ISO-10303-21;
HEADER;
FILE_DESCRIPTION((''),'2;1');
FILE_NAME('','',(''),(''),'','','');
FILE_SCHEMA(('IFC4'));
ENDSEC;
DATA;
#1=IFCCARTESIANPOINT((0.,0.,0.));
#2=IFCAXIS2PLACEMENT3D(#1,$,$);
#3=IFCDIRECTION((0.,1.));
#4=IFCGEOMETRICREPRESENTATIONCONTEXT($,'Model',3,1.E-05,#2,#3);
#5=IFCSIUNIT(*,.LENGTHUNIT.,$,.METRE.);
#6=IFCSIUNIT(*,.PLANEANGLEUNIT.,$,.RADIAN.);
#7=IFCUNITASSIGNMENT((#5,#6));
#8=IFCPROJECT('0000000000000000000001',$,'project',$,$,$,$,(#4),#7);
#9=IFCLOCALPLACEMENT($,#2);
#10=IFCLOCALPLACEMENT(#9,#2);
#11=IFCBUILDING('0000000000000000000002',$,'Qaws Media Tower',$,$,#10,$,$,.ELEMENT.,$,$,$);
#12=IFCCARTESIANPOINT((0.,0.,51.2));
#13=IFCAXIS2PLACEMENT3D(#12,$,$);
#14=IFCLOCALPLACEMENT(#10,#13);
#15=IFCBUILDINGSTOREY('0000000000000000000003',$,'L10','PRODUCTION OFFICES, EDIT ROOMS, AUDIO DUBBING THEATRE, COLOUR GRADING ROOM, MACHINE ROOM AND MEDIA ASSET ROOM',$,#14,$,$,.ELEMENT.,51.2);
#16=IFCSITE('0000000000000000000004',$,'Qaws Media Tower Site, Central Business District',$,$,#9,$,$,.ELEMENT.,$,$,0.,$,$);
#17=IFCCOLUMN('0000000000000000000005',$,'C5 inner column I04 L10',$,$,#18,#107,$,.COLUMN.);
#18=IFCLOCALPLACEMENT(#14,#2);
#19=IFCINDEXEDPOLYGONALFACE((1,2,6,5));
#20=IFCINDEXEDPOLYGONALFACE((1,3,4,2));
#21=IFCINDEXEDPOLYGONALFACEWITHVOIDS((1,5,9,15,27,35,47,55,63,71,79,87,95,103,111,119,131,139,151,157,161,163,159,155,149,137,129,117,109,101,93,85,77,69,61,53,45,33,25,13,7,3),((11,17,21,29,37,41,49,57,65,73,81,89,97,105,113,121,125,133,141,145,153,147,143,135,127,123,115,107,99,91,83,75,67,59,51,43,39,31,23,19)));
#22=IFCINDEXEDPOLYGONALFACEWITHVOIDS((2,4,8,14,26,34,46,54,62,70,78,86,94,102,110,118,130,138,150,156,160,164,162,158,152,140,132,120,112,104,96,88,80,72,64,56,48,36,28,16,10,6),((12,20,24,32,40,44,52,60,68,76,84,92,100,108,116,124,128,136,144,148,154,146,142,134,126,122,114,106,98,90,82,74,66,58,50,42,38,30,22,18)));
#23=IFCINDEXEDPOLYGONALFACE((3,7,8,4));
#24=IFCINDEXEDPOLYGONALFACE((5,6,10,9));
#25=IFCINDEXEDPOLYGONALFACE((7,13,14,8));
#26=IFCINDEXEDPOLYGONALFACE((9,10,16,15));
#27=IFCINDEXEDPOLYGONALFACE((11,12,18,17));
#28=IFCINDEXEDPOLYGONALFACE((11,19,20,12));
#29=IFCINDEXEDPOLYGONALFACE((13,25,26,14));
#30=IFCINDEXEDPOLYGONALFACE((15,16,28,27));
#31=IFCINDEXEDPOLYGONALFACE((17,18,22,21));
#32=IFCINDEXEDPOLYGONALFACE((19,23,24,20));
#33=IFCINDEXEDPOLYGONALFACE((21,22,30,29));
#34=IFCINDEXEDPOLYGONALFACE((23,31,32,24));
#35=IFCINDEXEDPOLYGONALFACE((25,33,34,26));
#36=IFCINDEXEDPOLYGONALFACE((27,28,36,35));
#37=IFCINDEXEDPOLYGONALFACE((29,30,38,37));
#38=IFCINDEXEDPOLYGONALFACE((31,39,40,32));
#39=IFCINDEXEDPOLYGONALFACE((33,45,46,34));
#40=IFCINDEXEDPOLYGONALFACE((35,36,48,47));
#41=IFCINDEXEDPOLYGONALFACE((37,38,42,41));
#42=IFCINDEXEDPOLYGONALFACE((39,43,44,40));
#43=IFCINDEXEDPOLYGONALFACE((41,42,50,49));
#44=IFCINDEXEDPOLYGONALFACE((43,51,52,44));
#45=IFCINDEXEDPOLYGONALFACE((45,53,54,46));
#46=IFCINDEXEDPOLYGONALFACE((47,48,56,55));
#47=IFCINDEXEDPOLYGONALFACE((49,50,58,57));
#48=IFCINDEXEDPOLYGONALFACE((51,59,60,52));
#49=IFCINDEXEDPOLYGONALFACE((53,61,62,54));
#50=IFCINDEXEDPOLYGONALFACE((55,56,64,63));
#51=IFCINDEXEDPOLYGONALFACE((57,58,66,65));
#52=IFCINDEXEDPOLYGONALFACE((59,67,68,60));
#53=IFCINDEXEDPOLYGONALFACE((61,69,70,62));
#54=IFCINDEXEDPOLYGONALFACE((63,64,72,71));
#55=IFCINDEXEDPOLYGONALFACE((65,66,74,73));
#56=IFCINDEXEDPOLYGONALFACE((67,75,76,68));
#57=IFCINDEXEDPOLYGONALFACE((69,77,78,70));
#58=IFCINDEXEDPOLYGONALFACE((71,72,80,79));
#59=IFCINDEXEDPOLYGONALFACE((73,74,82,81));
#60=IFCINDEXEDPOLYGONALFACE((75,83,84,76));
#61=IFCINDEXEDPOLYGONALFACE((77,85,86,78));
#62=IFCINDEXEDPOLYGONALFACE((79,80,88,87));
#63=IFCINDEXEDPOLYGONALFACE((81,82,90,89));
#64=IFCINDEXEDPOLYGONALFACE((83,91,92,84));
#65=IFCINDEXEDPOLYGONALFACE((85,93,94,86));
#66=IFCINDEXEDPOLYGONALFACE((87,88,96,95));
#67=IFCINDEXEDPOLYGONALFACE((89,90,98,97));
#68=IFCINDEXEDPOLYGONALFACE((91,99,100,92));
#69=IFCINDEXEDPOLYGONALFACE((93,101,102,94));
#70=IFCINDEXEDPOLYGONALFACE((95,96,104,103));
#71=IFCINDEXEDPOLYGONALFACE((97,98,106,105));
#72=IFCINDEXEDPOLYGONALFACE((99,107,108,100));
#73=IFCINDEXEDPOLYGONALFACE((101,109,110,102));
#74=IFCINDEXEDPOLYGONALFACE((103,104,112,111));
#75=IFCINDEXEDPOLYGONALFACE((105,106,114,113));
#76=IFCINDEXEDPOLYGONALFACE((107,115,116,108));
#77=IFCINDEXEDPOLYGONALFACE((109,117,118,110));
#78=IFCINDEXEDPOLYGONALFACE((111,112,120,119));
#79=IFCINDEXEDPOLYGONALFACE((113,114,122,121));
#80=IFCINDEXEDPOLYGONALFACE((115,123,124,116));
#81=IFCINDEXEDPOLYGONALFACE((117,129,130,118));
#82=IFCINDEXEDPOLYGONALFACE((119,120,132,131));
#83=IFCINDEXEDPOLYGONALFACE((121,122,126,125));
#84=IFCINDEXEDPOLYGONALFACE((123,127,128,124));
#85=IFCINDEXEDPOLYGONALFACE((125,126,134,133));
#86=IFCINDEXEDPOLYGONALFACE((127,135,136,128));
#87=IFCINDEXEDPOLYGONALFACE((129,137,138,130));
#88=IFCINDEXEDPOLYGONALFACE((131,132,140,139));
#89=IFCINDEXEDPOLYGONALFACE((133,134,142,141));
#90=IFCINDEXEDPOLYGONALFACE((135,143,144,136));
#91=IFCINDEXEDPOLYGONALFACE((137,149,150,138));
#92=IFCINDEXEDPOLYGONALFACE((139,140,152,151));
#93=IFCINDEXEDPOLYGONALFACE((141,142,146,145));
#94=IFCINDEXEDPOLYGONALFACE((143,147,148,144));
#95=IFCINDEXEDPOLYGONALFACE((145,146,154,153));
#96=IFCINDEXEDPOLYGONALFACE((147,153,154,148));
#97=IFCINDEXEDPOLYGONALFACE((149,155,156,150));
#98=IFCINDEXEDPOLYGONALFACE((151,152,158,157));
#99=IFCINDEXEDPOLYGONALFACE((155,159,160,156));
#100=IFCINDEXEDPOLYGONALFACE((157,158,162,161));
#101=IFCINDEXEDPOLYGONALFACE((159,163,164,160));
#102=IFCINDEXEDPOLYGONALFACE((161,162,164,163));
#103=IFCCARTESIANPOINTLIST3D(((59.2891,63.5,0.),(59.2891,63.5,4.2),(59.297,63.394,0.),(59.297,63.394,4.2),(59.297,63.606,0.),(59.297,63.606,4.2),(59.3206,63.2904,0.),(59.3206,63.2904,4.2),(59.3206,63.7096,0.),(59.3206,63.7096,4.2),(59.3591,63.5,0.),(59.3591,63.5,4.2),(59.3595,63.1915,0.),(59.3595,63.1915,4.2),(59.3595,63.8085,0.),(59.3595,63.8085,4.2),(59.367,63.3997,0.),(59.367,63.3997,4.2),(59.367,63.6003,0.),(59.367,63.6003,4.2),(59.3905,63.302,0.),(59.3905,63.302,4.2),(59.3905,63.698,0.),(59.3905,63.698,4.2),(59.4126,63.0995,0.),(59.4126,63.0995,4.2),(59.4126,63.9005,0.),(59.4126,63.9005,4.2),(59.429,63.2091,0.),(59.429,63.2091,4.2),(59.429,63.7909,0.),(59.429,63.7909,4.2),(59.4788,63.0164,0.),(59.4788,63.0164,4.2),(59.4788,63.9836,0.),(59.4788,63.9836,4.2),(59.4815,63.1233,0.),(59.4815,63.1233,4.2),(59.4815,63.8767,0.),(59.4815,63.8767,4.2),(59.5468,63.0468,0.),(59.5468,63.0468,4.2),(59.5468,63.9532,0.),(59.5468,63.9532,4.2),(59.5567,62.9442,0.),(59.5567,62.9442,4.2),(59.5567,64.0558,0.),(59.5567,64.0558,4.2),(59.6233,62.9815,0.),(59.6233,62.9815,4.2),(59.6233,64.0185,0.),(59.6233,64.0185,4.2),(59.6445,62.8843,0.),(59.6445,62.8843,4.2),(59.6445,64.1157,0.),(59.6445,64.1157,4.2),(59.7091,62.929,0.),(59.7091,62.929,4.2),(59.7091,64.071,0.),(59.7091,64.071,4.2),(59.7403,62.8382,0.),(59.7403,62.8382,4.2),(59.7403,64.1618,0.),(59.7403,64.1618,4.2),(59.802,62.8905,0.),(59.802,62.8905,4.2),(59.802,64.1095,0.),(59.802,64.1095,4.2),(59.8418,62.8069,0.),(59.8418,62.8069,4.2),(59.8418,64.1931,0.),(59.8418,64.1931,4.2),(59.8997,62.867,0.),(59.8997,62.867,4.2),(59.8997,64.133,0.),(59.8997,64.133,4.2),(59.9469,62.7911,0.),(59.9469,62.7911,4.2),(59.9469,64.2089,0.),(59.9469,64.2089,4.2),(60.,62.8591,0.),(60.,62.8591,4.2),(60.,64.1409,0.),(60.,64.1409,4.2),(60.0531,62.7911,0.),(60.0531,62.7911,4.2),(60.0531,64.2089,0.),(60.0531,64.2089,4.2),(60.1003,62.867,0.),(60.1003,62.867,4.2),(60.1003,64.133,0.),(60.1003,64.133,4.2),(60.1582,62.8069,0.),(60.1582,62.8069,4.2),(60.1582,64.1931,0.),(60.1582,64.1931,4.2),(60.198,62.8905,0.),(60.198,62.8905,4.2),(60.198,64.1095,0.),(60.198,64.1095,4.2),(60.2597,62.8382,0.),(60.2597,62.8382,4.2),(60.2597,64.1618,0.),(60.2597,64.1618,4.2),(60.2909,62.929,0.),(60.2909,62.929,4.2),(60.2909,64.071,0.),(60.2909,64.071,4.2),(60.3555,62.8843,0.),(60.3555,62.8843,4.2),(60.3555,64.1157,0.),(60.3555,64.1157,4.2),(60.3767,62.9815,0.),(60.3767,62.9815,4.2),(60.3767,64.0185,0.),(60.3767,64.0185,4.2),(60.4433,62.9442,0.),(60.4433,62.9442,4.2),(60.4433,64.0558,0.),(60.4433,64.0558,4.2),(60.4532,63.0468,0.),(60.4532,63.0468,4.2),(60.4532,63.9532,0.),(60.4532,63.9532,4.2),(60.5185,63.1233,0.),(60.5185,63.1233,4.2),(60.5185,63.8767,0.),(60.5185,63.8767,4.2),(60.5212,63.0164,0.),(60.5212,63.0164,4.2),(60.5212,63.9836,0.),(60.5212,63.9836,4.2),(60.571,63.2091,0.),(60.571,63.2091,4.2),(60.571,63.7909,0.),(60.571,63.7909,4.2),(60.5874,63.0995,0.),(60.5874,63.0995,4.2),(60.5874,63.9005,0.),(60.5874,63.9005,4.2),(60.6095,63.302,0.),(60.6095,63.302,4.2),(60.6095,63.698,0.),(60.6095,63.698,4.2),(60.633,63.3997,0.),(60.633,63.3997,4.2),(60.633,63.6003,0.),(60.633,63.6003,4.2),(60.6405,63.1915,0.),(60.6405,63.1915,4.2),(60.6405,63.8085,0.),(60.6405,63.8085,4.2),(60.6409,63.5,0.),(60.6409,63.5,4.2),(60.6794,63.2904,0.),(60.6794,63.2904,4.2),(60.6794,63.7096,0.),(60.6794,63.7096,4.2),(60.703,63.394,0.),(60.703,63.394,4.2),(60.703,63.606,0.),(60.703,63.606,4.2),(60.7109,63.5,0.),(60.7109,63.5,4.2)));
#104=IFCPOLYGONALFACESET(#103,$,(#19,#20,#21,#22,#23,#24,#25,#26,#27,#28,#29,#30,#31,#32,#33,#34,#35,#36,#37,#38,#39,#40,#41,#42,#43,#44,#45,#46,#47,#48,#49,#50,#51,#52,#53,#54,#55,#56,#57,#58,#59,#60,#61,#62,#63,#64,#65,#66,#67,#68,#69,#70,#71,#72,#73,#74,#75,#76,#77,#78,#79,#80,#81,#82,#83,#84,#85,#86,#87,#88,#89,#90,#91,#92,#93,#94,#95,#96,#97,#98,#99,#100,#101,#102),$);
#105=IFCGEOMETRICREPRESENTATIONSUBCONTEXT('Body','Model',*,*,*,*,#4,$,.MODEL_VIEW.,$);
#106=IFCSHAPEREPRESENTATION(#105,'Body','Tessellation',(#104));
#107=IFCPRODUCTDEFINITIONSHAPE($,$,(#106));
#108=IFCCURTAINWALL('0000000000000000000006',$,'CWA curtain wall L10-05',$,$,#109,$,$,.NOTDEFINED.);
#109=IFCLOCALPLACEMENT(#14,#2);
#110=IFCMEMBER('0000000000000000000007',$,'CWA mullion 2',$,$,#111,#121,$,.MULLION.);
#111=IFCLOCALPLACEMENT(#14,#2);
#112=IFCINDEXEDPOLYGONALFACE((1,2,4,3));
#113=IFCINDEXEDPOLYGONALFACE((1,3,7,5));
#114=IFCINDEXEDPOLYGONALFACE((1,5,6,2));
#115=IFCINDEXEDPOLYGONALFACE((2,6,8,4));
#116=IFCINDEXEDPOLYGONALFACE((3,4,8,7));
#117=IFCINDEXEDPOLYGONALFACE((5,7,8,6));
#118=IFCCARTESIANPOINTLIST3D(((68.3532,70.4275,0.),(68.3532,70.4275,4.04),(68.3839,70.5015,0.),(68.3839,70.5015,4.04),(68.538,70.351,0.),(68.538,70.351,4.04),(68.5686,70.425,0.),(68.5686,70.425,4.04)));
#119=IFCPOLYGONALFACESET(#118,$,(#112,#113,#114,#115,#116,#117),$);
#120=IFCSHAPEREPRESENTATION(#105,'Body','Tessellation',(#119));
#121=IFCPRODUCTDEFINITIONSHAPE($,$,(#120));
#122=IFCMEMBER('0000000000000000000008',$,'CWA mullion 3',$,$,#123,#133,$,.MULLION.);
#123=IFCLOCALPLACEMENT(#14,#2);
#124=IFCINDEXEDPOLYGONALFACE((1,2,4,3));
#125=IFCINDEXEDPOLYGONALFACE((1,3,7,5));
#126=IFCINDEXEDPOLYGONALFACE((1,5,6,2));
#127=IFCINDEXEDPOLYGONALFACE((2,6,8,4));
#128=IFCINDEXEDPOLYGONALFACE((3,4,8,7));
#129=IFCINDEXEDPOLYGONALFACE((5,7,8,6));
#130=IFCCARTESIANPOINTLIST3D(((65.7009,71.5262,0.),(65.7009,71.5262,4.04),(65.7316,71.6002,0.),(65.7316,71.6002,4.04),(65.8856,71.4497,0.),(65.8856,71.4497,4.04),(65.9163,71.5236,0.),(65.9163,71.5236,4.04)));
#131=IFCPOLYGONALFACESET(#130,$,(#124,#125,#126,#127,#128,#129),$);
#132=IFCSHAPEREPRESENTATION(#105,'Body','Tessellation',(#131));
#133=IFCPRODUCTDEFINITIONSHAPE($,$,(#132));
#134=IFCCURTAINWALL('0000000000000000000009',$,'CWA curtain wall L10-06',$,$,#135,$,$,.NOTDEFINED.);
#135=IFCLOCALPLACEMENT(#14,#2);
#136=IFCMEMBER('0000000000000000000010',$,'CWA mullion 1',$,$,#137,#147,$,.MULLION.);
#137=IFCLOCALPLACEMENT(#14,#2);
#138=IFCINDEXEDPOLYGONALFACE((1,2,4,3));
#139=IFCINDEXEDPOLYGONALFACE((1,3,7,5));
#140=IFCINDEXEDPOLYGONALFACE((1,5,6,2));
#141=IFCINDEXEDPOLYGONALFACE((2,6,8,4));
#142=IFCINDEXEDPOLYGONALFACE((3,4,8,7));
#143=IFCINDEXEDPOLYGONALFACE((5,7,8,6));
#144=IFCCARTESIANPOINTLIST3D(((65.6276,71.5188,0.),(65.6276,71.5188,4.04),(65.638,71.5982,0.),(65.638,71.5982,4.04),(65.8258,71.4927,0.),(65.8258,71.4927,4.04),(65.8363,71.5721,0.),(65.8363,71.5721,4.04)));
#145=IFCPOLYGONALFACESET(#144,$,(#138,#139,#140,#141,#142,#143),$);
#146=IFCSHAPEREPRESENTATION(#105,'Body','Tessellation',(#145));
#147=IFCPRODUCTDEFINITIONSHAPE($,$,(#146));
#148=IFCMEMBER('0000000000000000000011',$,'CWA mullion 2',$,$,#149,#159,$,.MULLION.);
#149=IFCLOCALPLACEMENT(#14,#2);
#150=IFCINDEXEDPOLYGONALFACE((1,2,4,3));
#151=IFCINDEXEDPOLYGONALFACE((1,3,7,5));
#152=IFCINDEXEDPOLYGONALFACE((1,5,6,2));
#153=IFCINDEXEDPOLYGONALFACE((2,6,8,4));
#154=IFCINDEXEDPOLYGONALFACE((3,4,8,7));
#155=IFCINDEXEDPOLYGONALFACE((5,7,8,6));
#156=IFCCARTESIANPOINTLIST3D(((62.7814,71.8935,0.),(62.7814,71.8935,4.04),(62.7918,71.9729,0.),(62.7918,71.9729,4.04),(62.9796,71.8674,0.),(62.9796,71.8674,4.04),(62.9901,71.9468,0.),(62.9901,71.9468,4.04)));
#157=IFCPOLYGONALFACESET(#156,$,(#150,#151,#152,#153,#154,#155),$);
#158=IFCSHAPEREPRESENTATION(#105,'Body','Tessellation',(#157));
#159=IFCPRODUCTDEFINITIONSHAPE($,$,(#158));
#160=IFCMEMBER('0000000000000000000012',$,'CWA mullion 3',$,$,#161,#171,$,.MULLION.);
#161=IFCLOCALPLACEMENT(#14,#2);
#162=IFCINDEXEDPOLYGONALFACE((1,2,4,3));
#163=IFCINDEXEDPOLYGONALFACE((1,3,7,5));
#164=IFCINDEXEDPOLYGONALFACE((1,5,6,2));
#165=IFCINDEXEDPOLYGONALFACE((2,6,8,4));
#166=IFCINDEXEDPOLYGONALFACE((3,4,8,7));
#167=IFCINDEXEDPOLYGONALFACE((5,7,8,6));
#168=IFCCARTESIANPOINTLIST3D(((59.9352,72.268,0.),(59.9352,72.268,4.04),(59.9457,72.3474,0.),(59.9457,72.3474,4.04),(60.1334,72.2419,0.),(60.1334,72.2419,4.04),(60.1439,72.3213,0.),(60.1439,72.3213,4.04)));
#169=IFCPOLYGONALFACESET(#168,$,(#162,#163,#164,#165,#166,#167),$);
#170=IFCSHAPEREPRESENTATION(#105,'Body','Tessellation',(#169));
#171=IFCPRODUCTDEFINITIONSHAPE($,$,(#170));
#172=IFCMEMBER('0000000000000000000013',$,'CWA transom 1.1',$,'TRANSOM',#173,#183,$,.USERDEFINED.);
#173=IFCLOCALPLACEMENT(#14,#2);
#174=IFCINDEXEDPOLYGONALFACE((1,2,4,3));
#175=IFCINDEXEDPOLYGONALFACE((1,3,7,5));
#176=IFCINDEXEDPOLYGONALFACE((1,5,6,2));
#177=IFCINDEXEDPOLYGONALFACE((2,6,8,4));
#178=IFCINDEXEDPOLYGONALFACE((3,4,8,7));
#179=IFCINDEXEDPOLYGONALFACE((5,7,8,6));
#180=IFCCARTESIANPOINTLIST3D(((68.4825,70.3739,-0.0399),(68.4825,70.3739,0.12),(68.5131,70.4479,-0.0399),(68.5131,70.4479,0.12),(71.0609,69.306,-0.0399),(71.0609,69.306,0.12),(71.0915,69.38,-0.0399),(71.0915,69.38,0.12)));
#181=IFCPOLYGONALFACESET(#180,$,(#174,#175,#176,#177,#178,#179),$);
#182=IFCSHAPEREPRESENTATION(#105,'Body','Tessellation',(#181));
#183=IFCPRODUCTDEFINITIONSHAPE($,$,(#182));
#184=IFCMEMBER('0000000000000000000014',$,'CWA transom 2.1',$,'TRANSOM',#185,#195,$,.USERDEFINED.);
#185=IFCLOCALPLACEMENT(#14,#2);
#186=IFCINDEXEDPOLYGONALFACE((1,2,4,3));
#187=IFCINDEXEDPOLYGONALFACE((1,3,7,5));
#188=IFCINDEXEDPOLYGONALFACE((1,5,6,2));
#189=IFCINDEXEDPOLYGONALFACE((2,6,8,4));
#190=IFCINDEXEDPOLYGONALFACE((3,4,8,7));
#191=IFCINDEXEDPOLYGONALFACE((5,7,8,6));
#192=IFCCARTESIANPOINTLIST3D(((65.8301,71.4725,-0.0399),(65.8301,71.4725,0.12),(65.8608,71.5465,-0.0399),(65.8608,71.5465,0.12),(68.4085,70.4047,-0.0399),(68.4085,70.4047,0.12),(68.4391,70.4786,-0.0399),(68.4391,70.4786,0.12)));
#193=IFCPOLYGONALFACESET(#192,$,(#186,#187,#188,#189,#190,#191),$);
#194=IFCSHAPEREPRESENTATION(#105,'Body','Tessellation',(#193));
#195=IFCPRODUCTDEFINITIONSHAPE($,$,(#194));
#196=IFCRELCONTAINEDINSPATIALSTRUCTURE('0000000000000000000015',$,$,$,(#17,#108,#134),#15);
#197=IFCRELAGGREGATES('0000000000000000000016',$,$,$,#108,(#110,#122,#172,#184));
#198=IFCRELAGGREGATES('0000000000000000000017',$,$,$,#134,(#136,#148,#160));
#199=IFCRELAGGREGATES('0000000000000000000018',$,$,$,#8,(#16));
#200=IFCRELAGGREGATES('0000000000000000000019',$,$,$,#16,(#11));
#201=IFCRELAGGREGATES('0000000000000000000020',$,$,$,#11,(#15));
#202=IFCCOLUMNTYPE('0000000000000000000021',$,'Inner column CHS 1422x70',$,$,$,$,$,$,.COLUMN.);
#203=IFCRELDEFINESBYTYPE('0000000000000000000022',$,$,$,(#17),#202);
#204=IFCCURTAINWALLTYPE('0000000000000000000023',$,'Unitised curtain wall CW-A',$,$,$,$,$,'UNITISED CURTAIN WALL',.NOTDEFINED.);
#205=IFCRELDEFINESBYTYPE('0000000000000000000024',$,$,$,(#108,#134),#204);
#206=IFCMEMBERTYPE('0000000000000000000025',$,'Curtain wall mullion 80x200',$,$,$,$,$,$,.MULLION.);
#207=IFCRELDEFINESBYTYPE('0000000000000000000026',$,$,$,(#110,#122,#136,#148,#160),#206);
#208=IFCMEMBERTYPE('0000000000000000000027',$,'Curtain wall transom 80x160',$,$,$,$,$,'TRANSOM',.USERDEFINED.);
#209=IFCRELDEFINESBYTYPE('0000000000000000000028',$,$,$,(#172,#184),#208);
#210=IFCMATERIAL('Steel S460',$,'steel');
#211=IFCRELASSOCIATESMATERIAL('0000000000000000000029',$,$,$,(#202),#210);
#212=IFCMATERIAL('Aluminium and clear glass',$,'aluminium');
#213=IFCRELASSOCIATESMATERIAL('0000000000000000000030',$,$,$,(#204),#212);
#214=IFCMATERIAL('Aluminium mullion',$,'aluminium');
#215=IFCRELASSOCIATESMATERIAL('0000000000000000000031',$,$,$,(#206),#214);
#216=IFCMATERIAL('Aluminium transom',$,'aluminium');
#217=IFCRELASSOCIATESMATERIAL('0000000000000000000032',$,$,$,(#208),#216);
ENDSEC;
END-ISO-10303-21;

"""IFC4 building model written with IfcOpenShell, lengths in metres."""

from ifc_helpers import new_model, si_unit, direction, frame, origin, origin_2d, place, context, subcontext, project, spatial, rectangle, hollow_circle, extrude, material, material_profile, profile_set, type_object, element, aggregate, save


model = new_model("IFC4")

# Units and contexts
model_context = context("Model", 3, precision=1e-05, world=origin(), true_north=direction((0.0, 1.0)))
body_context = subcontext(model_context, "Body", "Model", "MODEL_VIEW")
ifc_project = project(units=[si_unit("LENGTHUNIT", "METRE"), si_unit("PLANEANGLEUNIT", "RADIAN")], contexts=[model_context])

# Site, building, storey
site_placement = place(None, origin())
site = spatial("IfcSite", under=ifc_project, at=site_placement, Name="Qaws Media Tower Site, Central Business District", CompositionType="ELEMENT", RefElevation=0.0)
building_placement = place(site_placement, origin())
building = spatial("IfcBuilding", under=site, at=building_placement, Name="Qaws Media Tower", CompositionType="ELEMENT")
storey_placement = place(building_placement, frame((0.0, 0.0, 51.2)))
storey = spatial("IfcBuildingStorey", under=building, at=storey_placement, Name="L10", Description="PRODUCTION OFFICES, EDIT ROOMS, AUDIO DUBBING THEATRE, COLOUR GRADING ROOM, MACHINE ROOM AND MEDIA ASSET ROOM", CompositionType="ELEMENT", Elevation=51.2)

# Column
ifc_material_1 = material(Name="Steel S460", Category="steel")
ifc_material_profile_1 = material_profile(ifc_material_1, hollow_circle(Radius=0.7109, WallThickness=0.0701, at=origin_2d()), Name="CHS 1422x70")
ifc_profile_set_1 = profile_set([ifc_material_profile_1], Name="Steel S460")
column_type = type_object("IfcColumnType", Name="Inner column CHS 1422x70", PredefinedType="COLUMN", material=ifc_profile_set_1)
column_placement = place(storey_placement, frame((60.0, 63.5, 0.0), z_axis=(0.0, 0.0, 1.0), x_axis=(1.0, 0.0, 0.0)))
element("IfcColumn", 1, at=column_placement, inside=storey, type_object=column_type, Name="C5 inner column I04 L10", PredefinedType="COLUMN", context=body_context, shape_type="SweptSolid", body=[
    extrude(hollow_circle(Radius=0.7109, WallThickness=0.0701, at=origin_2d()), origin(), (0.0, 0.0, 1.0), 4.2),
])

# Curtain walls, members
ifc_material_2 = material(Name="Aluminium and clear glass", Category="aluminium")
curtain_wall_type = type_object("IfcCurtainWallType", Name="Unitised curtain wall CW-A", ElementType="UNITISED CURTAIN WALL", PredefinedType="NOTDEFINED", material=ifc_material_2)
curtain_wall_1_placement = place(storey_placement, origin())
curtain_wall_1 = element("IfcCurtainWall", 2, at=curtain_wall_1_placement, inside=storey, type_object=curtain_wall_type, Name="CWA curtain wall L10-05", PredefinedType="NOTDEFINED")
ifc_material_3 = material(Name="Aluminium mullion", Category="aluminium")
ifc_material_profile_2 = material_profile(ifc_material_3, rectangle(XDim=0.0801, YDim=0.2, at=origin_2d()), Name="80x200")
ifc_profile_set_2 = profile_set([ifc_material_profile_2], Name="Aluminium mullion")
member_type_1 = type_object("IfcMemberType", Name="Curtain wall mullion 80x200", PredefinedType="MULLION", material=ifc_profile_set_2)
member_1_placement = place(storey_placement, frame((68.4609, 70.4263, 0.0), z_axis=(0.0, 0.0, 1.0), x_axis=(-0.382683, -0.92388, 0.0)))
member_1 = element("IfcMember", 3, at=member_1_placement, type_object=member_type_1, Name="CWA mullion 2", PredefinedType="MULLION", context=body_context, shape_type="SweptSolid", body=[
    extrude(rectangle(XDim=0.0801, YDim=0.2, at=origin_2d()), origin(), (0.0, 0.0, 1.0), 4.04),
])
member_2_placement = place(storey_placement, frame((65.8086, 71.5249, 0.0), z_axis=(0.0, 0.0, 1.0), x_axis=(-0.382683, -0.92388, 0.0)))
member_2 = element("IfcMember", 4, at=member_2_placement, type_object=member_type_1, Name="CWA mullion 3", PredefinedType="MULLION", context=body_context, shape_type="SweptSolid", body=[
    extrude(rectangle(XDim=0.0801, YDim=0.2, at=origin_2d()), origin(), (0.0, 0.0, 1.0), 4.04),
])
curtain_wall_2_placement = place(storey_placement, origin())
curtain_wall_2 = element("IfcCurtainWall", 5, at=curtain_wall_2_placement, inside=storey, type_object=curtain_wall_type, Name="CWA curtain wall L10-06", PredefinedType="NOTDEFINED")
member_3_placement = place(storey_placement, frame((65.7319, 71.5454, 0.0), z_axis=(0.0, 0.0, 1.0), x_axis=(-0.130526, -0.991445, 0.0)))
member_3 = element("IfcMember", 6, at=member_3_placement, type_object=member_type_1, Name="CWA mullion 1", PredefinedType="MULLION", context=body_context, shape_type="SweptSolid", body=[
    extrude(rectangle(XDim=0.0801, YDim=0.2, at=origin_2d()), origin(), (0.0, 0.0, 1.0), 4.04),
])
member_4_placement = place(storey_placement, frame((62.8857, 71.9202, 0.0), z_axis=(0.0, 0.0, 1.0), x_axis=(-0.130526, -0.991445, 0.0)))
member_4 = element("IfcMember", 7, at=member_4_placement, type_object=member_type_1, Name="CWA mullion 2", PredefinedType="MULLION", context=body_context, shape_type="SweptSolid", body=[
    extrude(rectangle(XDim=0.0801, YDim=0.2, at=origin_2d()), origin(), (0.0, 0.0, 1.0), 4.04),
])
member_5_placement = place(storey_placement, frame((60.0396, 72.2947, 0.0), z_axis=(0.0, 0.0, 1.0), x_axis=(-0.130526, -0.991445, 0.0)))
member_5 = element("IfcMember", 8, at=member_5_placement, type_object=member_type_1, Name="CWA mullion 3", PredefinedType="MULLION", context=body_context, shape_type="SweptSolid", body=[
    extrude(rectangle(XDim=0.0801, YDim=0.2, at=origin_2d()), origin(), (0.0, 0.0, 1.0), 4.04),
])

# Members
ifc_material_4 = material(Name="Aluminium transom", Category="aluminium")
ifc_material_profile_3 = material_profile(ifc_material_4, rectangle(XDim=0.0801, YDim=0.1599, at=origin_2d()), Name="80x160")
ifc_profile_set_3 = profile_set([ifc_material_profile_3], Name="Aluminium transom")
member_type_2 = type_object("IfcMemberType", Name="Curtain wall transom 80x160", ElementType="TRANSOM", PredefinedType="USERDEFINED", material=ifc_profile_set_3)
member_6_placement = place(storey_placement, frame((71.0762, 69.343, 0.04), z_axis=(-0.923895, 0.382645, 0.0), x_axis=(-0.382645, -0.923895, 0.0)))
member_6 = element("IfcMember", 9, at=member_6_placement, type_object=member_type_2, Name="CWA transom 1.1", ObjectType="TRANSOM", PredefinedType="USERDEFINED", context=body_context, shape_type="SweptSolid", body=[
    extrude(rectangle(XDim=0.0801, YDim=0.1599, at=origin_2d()), origin(), (0.0, 0.0, 1.0), 2.7908),
])
member_7_placement = place(storey_placement, frame((68.4238, 70.4417, 0.04), z_axis=(-0.923895, 0.382645, 0.0), x_axis=(-0.382645, -0.923895, 0.0)))
member_7 = element("IfcMember", 10, at=member_7_placement, type_object=member_type_2, Name="CWA transom 2.1", ObjectType="TRANSOM", PredefinedType="USERDEFINED", context=body_context, shape_type="SweptSolid", body=[
    extrude(rectangle(XDim=0.0801, YDim=0.1599, at=origin_2d()), origin(), (0.0, 0.0, 1.0), 2.7908),
])

aggregate(curtain_wall_1, [member_1, member_2, member_6, member_7])
aggregate(curtain_wall_2, [member_3, member_4, member_5])

save(model, "model.ifc")
